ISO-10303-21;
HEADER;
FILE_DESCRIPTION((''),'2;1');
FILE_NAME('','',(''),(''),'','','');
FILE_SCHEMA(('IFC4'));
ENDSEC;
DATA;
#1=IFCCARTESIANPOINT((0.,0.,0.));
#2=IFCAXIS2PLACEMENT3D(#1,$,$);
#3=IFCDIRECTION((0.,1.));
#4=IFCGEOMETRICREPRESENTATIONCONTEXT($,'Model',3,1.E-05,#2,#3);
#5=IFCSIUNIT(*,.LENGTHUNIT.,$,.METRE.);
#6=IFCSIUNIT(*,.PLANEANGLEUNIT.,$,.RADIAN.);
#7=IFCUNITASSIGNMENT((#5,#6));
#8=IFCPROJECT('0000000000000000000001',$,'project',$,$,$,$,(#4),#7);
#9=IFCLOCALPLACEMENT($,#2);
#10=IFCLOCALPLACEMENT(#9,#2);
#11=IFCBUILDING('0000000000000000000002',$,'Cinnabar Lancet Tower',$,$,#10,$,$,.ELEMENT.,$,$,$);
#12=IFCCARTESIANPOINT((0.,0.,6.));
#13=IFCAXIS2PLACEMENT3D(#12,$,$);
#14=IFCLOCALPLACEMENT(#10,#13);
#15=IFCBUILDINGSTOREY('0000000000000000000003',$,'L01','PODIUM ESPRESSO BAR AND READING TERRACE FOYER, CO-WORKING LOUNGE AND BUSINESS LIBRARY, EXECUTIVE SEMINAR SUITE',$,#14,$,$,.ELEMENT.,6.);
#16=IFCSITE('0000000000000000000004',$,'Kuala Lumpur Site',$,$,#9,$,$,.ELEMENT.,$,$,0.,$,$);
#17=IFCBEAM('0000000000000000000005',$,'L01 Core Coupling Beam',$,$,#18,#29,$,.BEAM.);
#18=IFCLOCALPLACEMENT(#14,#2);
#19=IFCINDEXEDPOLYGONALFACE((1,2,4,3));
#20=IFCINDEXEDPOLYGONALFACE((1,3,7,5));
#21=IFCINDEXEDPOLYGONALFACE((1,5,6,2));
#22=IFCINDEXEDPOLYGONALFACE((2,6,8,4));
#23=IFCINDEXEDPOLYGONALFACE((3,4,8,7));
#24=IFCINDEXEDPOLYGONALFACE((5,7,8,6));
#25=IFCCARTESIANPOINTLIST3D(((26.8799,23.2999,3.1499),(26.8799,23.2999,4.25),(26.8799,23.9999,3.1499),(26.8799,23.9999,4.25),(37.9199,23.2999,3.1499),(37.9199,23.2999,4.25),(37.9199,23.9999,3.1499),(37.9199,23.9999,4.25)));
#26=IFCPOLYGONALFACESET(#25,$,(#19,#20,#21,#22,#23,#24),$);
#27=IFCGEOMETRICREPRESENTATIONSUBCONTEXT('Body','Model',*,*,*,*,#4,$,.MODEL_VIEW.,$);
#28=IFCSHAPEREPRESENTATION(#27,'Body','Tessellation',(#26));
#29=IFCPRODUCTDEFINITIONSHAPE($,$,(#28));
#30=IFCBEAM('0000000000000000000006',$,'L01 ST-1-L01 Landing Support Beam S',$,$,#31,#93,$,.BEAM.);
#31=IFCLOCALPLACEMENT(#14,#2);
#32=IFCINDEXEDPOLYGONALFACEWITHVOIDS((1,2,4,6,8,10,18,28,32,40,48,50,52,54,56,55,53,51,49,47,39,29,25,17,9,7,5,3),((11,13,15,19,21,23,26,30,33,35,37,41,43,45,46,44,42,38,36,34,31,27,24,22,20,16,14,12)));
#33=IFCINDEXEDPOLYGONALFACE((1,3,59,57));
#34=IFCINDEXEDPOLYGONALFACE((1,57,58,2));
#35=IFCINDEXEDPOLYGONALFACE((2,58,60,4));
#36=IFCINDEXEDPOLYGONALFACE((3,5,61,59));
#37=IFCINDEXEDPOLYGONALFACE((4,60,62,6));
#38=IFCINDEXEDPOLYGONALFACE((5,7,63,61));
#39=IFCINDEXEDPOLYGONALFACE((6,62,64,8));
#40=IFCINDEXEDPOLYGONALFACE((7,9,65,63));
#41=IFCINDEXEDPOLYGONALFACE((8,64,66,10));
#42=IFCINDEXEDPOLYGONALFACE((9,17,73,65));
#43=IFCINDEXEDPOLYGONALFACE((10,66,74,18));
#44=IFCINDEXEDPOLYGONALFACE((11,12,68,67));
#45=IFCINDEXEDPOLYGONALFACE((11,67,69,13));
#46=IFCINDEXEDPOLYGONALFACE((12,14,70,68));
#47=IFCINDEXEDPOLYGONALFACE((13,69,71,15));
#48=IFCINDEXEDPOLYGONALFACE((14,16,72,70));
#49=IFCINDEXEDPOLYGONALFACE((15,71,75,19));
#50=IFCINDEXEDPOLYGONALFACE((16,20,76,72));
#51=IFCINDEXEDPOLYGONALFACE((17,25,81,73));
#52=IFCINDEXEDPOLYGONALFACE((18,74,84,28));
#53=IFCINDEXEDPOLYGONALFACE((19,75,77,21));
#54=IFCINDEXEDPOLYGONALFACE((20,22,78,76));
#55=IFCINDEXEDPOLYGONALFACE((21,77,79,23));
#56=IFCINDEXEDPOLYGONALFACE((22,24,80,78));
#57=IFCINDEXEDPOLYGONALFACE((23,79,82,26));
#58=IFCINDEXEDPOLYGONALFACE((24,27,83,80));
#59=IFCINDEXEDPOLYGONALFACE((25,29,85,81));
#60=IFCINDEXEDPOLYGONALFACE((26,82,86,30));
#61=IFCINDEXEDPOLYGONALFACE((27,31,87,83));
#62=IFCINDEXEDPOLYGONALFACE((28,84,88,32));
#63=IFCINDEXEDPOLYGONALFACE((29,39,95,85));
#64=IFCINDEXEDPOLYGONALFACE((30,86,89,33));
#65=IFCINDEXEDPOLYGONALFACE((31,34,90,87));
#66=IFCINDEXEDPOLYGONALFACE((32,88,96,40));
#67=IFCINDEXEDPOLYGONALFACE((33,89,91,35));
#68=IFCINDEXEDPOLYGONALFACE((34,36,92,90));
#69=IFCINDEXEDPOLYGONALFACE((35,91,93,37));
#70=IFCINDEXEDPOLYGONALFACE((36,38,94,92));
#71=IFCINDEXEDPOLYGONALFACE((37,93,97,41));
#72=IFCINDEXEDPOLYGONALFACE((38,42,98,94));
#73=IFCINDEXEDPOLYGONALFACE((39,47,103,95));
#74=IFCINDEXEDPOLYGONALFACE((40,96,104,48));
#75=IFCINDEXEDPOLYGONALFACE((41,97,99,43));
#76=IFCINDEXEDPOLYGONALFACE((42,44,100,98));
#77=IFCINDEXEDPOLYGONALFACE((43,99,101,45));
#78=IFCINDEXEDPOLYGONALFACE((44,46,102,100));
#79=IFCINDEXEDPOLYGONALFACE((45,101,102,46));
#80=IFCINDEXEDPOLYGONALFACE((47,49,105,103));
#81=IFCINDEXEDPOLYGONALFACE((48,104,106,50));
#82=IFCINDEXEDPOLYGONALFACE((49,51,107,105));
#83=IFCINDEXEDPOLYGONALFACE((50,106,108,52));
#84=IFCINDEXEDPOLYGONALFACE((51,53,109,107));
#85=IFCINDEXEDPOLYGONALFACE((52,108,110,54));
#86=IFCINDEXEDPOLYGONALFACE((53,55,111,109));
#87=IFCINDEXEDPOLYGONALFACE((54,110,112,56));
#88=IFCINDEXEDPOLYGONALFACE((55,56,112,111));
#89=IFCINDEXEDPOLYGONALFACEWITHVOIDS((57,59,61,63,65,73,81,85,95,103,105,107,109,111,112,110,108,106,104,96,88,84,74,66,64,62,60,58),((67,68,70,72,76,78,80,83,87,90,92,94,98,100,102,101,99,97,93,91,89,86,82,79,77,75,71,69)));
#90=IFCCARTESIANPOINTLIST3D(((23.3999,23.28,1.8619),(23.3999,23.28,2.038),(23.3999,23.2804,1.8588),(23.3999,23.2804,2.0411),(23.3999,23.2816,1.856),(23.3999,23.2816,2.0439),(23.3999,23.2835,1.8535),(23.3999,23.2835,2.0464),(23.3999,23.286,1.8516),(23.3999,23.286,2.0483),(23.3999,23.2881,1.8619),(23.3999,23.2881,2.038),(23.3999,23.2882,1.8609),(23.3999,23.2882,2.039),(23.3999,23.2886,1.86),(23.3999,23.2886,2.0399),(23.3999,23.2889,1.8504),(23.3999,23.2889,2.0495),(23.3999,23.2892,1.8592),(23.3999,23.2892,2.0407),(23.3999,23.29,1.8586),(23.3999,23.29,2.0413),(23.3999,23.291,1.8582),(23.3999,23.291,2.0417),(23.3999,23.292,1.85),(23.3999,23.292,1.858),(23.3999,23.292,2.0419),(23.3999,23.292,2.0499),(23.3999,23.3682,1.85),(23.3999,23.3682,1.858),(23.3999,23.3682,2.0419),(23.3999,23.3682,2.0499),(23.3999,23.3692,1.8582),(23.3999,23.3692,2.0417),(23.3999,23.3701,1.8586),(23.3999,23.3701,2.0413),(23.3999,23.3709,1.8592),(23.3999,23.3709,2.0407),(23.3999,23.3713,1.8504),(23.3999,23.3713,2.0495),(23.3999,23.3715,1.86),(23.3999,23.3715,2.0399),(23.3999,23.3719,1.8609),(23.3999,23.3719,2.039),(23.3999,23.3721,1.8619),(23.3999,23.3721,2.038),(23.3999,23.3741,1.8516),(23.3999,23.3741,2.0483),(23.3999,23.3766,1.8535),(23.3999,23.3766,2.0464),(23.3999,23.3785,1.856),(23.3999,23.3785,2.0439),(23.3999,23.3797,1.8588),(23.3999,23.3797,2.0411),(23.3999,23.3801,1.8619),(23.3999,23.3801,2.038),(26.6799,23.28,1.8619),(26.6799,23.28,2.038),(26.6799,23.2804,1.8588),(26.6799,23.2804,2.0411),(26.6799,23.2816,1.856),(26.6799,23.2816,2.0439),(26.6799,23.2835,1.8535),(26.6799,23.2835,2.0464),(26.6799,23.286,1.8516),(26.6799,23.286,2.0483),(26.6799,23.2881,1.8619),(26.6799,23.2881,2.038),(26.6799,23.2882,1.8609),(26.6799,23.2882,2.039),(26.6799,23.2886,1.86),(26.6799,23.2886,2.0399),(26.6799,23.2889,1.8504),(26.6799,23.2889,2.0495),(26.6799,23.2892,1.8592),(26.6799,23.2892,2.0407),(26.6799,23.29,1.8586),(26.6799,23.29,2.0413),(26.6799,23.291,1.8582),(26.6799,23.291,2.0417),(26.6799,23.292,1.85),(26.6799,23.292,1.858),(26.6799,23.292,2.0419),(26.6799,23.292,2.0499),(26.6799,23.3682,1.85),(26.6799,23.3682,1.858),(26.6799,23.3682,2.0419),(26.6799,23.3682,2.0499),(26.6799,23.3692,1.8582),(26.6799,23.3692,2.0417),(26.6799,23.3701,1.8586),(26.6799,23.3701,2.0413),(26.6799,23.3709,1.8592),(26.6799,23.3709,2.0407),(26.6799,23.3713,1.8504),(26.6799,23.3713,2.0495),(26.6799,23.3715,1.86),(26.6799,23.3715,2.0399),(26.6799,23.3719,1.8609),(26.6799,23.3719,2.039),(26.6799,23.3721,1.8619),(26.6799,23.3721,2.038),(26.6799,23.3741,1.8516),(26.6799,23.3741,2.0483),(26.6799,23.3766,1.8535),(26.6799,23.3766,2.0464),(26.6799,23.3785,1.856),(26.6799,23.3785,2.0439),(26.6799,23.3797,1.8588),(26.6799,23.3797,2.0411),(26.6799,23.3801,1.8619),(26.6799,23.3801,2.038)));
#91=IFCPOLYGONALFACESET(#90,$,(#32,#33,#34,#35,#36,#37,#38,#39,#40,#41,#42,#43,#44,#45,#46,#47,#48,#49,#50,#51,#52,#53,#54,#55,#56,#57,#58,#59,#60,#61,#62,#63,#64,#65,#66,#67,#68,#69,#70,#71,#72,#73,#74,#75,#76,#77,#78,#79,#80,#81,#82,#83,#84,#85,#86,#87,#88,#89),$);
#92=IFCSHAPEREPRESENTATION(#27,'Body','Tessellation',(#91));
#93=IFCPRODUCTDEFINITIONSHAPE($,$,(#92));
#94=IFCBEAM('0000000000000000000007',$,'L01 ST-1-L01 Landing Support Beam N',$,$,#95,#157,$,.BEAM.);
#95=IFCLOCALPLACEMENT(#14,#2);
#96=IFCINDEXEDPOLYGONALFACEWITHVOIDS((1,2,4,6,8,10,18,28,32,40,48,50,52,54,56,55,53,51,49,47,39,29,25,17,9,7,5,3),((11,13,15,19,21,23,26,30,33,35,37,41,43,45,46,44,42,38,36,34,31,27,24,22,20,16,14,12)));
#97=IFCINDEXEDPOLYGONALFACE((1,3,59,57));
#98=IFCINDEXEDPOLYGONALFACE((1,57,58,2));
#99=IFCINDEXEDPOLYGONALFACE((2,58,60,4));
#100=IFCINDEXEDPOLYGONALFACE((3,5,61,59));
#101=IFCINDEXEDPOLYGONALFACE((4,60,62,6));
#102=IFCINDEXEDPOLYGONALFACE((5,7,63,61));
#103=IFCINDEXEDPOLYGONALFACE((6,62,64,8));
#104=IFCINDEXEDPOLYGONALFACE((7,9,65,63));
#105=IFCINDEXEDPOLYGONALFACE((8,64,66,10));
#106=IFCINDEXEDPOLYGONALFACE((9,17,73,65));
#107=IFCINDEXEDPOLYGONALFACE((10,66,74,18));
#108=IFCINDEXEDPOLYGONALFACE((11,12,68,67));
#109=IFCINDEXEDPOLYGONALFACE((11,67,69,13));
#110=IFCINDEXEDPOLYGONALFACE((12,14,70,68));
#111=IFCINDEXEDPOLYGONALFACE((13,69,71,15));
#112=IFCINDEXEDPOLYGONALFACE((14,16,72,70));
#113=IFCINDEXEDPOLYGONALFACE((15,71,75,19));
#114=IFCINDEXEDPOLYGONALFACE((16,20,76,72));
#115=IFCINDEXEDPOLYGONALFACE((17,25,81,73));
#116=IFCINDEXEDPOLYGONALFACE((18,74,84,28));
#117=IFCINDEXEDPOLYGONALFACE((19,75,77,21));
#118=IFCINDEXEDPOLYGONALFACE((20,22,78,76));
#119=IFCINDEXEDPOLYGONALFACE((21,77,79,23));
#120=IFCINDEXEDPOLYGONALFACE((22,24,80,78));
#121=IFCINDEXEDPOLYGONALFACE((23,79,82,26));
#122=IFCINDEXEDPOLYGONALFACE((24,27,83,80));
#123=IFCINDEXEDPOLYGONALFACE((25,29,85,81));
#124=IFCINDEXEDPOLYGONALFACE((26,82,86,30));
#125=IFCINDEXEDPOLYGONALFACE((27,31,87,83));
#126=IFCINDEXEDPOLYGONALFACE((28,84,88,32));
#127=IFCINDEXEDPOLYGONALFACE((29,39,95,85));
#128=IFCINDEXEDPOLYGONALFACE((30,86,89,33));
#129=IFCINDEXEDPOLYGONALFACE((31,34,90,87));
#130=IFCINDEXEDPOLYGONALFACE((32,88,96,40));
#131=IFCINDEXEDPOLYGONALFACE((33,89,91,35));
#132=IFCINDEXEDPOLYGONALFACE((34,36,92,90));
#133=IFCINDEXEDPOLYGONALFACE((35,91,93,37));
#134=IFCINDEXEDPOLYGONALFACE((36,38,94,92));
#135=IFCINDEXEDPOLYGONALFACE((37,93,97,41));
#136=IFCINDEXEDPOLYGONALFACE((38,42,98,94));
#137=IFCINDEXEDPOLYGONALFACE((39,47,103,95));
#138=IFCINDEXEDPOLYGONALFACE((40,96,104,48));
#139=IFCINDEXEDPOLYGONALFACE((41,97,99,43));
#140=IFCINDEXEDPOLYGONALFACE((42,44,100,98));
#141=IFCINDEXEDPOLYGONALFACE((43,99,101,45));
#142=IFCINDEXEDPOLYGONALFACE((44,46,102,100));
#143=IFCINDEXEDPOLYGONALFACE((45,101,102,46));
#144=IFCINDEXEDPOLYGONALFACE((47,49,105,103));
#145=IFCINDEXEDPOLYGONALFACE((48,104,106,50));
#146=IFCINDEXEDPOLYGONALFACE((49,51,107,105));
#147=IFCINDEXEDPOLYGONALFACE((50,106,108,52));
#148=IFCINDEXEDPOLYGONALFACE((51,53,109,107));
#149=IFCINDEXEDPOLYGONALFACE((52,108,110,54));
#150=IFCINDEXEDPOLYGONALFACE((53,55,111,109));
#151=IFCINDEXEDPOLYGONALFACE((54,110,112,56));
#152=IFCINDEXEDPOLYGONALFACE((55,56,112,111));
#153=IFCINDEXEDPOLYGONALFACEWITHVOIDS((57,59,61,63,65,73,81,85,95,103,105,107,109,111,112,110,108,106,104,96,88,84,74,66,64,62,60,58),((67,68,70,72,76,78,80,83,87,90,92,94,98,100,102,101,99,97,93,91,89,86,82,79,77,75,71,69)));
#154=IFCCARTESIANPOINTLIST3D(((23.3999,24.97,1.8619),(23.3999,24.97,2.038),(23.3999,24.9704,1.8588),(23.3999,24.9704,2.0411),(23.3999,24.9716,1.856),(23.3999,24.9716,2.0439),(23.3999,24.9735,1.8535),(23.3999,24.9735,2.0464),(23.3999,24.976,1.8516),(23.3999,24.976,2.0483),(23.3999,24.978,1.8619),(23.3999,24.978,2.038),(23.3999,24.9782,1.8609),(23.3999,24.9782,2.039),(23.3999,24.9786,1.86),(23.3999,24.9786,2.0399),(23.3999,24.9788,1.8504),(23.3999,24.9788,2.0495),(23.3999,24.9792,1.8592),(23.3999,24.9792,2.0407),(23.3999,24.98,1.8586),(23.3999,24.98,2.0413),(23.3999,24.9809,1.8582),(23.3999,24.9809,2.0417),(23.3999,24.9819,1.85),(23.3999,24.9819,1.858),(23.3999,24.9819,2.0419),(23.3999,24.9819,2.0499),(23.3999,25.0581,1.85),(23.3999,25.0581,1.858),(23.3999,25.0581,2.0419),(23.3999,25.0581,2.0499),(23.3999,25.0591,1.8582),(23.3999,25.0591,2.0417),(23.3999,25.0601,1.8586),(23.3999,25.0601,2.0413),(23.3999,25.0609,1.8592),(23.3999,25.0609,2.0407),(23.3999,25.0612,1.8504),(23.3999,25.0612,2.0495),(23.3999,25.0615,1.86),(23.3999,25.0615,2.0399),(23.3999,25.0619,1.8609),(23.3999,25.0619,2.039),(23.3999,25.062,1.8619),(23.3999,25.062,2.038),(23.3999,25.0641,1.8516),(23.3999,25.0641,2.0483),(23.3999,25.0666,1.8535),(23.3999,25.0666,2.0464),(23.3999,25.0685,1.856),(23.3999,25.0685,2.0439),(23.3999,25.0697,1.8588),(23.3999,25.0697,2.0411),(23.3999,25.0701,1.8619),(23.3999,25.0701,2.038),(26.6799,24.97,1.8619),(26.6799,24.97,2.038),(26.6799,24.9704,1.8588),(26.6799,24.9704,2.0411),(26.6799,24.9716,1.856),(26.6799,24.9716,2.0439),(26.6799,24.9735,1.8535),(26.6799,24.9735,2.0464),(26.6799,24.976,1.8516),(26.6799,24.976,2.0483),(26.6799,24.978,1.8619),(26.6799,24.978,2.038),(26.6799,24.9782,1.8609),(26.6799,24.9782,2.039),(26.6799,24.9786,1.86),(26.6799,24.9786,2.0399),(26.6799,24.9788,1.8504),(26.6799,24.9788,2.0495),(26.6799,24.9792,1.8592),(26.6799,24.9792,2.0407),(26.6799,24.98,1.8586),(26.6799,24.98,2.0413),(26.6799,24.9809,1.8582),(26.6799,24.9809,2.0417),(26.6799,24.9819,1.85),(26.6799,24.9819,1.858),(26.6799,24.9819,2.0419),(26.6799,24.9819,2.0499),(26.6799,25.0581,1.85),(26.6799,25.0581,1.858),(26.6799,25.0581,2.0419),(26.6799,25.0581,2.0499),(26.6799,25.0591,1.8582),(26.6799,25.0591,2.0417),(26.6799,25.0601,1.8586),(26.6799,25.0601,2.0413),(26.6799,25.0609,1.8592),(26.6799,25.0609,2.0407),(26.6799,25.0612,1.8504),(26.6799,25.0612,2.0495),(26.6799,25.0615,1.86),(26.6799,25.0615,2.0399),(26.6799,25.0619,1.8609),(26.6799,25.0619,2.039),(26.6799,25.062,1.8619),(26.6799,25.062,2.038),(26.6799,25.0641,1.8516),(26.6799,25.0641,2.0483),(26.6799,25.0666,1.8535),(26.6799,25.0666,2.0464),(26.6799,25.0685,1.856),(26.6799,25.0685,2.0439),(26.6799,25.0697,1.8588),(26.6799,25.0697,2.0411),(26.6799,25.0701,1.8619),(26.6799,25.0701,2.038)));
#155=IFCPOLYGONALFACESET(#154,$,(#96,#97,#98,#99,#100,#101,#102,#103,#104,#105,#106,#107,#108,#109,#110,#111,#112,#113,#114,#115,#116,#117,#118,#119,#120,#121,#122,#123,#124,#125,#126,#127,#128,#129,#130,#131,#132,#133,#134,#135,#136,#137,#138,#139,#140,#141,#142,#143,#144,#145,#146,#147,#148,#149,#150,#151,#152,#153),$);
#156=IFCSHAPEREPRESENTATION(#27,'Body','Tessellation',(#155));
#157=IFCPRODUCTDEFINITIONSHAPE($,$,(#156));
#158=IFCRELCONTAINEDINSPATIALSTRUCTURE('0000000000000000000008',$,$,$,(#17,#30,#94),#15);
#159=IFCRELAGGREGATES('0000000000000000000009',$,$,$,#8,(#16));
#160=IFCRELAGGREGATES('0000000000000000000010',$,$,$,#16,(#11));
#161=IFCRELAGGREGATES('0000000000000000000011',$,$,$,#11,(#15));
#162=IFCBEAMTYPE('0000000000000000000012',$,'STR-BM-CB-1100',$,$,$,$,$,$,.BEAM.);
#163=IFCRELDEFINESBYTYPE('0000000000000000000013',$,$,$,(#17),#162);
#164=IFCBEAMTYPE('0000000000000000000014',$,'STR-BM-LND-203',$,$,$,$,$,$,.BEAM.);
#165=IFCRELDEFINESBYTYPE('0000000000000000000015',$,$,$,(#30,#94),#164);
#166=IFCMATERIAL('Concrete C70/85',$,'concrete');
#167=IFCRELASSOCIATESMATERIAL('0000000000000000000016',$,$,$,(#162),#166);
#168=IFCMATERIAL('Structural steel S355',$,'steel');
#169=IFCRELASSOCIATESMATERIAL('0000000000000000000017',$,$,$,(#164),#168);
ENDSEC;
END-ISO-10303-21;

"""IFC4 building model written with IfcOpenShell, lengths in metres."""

from ifc_helpers import new_model, si_unit, direction, frame, origin, origin_2d, place, context, subcontext, project, spatial, rectangle, hollow_rectangle, extrude, material, material_profile, profile_set, type_object, element, save


model = new_model("IFC4")

# Units and contexts
model_context = context("Model", 3, precision=1e-05, world=origin(), true_north=direction((0.0, 1.0)))
body_context = subcontext(model_context, "Body", "Model", "MODEL_VIEW")
ifc_project = project(units=[si_unit("LENGTHUNIT", "METRE"), si_unit("PLANEANGLEUNIT", "RADIAN")], contexts=[model_context])

# Site, building, storey
site_placement = place(None, origin())
site = spatial("IfcSite", under=ifc_project, at=site_placement, Name="Kuala Lumpur Site", CompositionType="ELEMENT", RefElevation=0.0)
building_placement = place(site_placement, origin())
building = spatial("IfcBuilding", under=site, at=building_placement, Name="Cinnabar Lancet Tower", CompositionType="ELEMENT")
storey_placement = place(building_placement, frame((0.0, 0.0, 6.0)))
storey = spatial("IfcBuildingStorey", under=building, at=storey_placement, Name="L01", Description="PODIUM ESPRESSO BAR AND READING TERRACE FOYER, CO-WORKING LOUNGE AND BUSINESS LIBRARY, EXECUTIVE SEMINAR SUITE", CompositionType="ELEMENT", Elevation=6.0)

# Beams
ifc_material_1 = material(Name="Concrete C70/85", Category="concrete")
ifc_material_profile_1 = material_profile(ifc_material_1, rectangle(XDim=0.7, YDim=1.1001, at=origin_2d()), Name="RC-CB 700x1100")
ifc_profile_set_1 = profile_set([ifc_material_profile_1], Name="Concrete C70/85")
beam_type_1 = type_object("IfcBeamType", Name="STR-BM-CB-1100", PredefinedType="BEAM", material=ifc_profile_set_1)
beam_1_placement = place(storey_placement, frame((26.8799, 23.6499, 3.7), z_axis=(1.0, 0.0, 0.0), x_axis=(0.0, 1.0, 0.0)))
element("IfcBeam", 1, at=beam_1_placement, inside=storey, type_object=beam_type_1, Name="L01 Core Coupling Beam", PredefinedType="BEAM", context=body_context, shape_type="SweptSolid", body=[
    extrude(rectangle(XDim=0.7, YDim=1.1001, at=origin_2d()), origin(), (0.0, 0.0, 1.0), 11.04),
])
ifc_material_2 = material(Name="Structural steel S355", Category="steel")
ifc_material_profile_2 = material_profile(ifc_material_2, hollow_rectangle(XDim=0.1001, YDim=0.2, WallThickness=0.0081, InnerFilletRadius=0.0039, OuterFilletRadius=0.012, at=origin_2d()), Name="RHS 200x100x8")
ifc_profile_set_2 = profile_set([ifc_material_profile_2], Name="Structural steel S355")
beam_type_2 = type_object("IfcBeamType", Name="STR-BM-LND-203", PredefinedType="BEAM", material=ifc_profile_set_2)
for number, where, z_axis, x_axis, name in (
    (2, (23.3999, 23.3301, 1.95), (1.0, 0.0, 0.0), (0.0, 1.0, 0.0), "L01 ST-1-L01 Landing Support Beam S"),
    (3, (23.3999, 25.02, 1.95), (1.0, 0.0, 0.0), (0.0, 1.0, 0.0), "L01 ST-1-L01 Landing Support Beam N"),
):
    element("IfcBeam", number, at=place(storey_placement, frame(where, z_axis=z_axis, x_axis=x_axis)), inside=storey, type_object=beam_type_2, Name=name, PredefinedType="BEAM", context=body_context, shape_type="SweptSolid", body=[
        extrude(hollow_rectangle(XDim=0.1001, YDim=0.2, WallThickness=0.0081, InnerFilletRadius=0.0039, OuterFilletRadius=0.012, at=origin_2d()), origin(), (0.0, 0.0, 1.0), 3.28),
    ])

save(model, "model.ifc")
